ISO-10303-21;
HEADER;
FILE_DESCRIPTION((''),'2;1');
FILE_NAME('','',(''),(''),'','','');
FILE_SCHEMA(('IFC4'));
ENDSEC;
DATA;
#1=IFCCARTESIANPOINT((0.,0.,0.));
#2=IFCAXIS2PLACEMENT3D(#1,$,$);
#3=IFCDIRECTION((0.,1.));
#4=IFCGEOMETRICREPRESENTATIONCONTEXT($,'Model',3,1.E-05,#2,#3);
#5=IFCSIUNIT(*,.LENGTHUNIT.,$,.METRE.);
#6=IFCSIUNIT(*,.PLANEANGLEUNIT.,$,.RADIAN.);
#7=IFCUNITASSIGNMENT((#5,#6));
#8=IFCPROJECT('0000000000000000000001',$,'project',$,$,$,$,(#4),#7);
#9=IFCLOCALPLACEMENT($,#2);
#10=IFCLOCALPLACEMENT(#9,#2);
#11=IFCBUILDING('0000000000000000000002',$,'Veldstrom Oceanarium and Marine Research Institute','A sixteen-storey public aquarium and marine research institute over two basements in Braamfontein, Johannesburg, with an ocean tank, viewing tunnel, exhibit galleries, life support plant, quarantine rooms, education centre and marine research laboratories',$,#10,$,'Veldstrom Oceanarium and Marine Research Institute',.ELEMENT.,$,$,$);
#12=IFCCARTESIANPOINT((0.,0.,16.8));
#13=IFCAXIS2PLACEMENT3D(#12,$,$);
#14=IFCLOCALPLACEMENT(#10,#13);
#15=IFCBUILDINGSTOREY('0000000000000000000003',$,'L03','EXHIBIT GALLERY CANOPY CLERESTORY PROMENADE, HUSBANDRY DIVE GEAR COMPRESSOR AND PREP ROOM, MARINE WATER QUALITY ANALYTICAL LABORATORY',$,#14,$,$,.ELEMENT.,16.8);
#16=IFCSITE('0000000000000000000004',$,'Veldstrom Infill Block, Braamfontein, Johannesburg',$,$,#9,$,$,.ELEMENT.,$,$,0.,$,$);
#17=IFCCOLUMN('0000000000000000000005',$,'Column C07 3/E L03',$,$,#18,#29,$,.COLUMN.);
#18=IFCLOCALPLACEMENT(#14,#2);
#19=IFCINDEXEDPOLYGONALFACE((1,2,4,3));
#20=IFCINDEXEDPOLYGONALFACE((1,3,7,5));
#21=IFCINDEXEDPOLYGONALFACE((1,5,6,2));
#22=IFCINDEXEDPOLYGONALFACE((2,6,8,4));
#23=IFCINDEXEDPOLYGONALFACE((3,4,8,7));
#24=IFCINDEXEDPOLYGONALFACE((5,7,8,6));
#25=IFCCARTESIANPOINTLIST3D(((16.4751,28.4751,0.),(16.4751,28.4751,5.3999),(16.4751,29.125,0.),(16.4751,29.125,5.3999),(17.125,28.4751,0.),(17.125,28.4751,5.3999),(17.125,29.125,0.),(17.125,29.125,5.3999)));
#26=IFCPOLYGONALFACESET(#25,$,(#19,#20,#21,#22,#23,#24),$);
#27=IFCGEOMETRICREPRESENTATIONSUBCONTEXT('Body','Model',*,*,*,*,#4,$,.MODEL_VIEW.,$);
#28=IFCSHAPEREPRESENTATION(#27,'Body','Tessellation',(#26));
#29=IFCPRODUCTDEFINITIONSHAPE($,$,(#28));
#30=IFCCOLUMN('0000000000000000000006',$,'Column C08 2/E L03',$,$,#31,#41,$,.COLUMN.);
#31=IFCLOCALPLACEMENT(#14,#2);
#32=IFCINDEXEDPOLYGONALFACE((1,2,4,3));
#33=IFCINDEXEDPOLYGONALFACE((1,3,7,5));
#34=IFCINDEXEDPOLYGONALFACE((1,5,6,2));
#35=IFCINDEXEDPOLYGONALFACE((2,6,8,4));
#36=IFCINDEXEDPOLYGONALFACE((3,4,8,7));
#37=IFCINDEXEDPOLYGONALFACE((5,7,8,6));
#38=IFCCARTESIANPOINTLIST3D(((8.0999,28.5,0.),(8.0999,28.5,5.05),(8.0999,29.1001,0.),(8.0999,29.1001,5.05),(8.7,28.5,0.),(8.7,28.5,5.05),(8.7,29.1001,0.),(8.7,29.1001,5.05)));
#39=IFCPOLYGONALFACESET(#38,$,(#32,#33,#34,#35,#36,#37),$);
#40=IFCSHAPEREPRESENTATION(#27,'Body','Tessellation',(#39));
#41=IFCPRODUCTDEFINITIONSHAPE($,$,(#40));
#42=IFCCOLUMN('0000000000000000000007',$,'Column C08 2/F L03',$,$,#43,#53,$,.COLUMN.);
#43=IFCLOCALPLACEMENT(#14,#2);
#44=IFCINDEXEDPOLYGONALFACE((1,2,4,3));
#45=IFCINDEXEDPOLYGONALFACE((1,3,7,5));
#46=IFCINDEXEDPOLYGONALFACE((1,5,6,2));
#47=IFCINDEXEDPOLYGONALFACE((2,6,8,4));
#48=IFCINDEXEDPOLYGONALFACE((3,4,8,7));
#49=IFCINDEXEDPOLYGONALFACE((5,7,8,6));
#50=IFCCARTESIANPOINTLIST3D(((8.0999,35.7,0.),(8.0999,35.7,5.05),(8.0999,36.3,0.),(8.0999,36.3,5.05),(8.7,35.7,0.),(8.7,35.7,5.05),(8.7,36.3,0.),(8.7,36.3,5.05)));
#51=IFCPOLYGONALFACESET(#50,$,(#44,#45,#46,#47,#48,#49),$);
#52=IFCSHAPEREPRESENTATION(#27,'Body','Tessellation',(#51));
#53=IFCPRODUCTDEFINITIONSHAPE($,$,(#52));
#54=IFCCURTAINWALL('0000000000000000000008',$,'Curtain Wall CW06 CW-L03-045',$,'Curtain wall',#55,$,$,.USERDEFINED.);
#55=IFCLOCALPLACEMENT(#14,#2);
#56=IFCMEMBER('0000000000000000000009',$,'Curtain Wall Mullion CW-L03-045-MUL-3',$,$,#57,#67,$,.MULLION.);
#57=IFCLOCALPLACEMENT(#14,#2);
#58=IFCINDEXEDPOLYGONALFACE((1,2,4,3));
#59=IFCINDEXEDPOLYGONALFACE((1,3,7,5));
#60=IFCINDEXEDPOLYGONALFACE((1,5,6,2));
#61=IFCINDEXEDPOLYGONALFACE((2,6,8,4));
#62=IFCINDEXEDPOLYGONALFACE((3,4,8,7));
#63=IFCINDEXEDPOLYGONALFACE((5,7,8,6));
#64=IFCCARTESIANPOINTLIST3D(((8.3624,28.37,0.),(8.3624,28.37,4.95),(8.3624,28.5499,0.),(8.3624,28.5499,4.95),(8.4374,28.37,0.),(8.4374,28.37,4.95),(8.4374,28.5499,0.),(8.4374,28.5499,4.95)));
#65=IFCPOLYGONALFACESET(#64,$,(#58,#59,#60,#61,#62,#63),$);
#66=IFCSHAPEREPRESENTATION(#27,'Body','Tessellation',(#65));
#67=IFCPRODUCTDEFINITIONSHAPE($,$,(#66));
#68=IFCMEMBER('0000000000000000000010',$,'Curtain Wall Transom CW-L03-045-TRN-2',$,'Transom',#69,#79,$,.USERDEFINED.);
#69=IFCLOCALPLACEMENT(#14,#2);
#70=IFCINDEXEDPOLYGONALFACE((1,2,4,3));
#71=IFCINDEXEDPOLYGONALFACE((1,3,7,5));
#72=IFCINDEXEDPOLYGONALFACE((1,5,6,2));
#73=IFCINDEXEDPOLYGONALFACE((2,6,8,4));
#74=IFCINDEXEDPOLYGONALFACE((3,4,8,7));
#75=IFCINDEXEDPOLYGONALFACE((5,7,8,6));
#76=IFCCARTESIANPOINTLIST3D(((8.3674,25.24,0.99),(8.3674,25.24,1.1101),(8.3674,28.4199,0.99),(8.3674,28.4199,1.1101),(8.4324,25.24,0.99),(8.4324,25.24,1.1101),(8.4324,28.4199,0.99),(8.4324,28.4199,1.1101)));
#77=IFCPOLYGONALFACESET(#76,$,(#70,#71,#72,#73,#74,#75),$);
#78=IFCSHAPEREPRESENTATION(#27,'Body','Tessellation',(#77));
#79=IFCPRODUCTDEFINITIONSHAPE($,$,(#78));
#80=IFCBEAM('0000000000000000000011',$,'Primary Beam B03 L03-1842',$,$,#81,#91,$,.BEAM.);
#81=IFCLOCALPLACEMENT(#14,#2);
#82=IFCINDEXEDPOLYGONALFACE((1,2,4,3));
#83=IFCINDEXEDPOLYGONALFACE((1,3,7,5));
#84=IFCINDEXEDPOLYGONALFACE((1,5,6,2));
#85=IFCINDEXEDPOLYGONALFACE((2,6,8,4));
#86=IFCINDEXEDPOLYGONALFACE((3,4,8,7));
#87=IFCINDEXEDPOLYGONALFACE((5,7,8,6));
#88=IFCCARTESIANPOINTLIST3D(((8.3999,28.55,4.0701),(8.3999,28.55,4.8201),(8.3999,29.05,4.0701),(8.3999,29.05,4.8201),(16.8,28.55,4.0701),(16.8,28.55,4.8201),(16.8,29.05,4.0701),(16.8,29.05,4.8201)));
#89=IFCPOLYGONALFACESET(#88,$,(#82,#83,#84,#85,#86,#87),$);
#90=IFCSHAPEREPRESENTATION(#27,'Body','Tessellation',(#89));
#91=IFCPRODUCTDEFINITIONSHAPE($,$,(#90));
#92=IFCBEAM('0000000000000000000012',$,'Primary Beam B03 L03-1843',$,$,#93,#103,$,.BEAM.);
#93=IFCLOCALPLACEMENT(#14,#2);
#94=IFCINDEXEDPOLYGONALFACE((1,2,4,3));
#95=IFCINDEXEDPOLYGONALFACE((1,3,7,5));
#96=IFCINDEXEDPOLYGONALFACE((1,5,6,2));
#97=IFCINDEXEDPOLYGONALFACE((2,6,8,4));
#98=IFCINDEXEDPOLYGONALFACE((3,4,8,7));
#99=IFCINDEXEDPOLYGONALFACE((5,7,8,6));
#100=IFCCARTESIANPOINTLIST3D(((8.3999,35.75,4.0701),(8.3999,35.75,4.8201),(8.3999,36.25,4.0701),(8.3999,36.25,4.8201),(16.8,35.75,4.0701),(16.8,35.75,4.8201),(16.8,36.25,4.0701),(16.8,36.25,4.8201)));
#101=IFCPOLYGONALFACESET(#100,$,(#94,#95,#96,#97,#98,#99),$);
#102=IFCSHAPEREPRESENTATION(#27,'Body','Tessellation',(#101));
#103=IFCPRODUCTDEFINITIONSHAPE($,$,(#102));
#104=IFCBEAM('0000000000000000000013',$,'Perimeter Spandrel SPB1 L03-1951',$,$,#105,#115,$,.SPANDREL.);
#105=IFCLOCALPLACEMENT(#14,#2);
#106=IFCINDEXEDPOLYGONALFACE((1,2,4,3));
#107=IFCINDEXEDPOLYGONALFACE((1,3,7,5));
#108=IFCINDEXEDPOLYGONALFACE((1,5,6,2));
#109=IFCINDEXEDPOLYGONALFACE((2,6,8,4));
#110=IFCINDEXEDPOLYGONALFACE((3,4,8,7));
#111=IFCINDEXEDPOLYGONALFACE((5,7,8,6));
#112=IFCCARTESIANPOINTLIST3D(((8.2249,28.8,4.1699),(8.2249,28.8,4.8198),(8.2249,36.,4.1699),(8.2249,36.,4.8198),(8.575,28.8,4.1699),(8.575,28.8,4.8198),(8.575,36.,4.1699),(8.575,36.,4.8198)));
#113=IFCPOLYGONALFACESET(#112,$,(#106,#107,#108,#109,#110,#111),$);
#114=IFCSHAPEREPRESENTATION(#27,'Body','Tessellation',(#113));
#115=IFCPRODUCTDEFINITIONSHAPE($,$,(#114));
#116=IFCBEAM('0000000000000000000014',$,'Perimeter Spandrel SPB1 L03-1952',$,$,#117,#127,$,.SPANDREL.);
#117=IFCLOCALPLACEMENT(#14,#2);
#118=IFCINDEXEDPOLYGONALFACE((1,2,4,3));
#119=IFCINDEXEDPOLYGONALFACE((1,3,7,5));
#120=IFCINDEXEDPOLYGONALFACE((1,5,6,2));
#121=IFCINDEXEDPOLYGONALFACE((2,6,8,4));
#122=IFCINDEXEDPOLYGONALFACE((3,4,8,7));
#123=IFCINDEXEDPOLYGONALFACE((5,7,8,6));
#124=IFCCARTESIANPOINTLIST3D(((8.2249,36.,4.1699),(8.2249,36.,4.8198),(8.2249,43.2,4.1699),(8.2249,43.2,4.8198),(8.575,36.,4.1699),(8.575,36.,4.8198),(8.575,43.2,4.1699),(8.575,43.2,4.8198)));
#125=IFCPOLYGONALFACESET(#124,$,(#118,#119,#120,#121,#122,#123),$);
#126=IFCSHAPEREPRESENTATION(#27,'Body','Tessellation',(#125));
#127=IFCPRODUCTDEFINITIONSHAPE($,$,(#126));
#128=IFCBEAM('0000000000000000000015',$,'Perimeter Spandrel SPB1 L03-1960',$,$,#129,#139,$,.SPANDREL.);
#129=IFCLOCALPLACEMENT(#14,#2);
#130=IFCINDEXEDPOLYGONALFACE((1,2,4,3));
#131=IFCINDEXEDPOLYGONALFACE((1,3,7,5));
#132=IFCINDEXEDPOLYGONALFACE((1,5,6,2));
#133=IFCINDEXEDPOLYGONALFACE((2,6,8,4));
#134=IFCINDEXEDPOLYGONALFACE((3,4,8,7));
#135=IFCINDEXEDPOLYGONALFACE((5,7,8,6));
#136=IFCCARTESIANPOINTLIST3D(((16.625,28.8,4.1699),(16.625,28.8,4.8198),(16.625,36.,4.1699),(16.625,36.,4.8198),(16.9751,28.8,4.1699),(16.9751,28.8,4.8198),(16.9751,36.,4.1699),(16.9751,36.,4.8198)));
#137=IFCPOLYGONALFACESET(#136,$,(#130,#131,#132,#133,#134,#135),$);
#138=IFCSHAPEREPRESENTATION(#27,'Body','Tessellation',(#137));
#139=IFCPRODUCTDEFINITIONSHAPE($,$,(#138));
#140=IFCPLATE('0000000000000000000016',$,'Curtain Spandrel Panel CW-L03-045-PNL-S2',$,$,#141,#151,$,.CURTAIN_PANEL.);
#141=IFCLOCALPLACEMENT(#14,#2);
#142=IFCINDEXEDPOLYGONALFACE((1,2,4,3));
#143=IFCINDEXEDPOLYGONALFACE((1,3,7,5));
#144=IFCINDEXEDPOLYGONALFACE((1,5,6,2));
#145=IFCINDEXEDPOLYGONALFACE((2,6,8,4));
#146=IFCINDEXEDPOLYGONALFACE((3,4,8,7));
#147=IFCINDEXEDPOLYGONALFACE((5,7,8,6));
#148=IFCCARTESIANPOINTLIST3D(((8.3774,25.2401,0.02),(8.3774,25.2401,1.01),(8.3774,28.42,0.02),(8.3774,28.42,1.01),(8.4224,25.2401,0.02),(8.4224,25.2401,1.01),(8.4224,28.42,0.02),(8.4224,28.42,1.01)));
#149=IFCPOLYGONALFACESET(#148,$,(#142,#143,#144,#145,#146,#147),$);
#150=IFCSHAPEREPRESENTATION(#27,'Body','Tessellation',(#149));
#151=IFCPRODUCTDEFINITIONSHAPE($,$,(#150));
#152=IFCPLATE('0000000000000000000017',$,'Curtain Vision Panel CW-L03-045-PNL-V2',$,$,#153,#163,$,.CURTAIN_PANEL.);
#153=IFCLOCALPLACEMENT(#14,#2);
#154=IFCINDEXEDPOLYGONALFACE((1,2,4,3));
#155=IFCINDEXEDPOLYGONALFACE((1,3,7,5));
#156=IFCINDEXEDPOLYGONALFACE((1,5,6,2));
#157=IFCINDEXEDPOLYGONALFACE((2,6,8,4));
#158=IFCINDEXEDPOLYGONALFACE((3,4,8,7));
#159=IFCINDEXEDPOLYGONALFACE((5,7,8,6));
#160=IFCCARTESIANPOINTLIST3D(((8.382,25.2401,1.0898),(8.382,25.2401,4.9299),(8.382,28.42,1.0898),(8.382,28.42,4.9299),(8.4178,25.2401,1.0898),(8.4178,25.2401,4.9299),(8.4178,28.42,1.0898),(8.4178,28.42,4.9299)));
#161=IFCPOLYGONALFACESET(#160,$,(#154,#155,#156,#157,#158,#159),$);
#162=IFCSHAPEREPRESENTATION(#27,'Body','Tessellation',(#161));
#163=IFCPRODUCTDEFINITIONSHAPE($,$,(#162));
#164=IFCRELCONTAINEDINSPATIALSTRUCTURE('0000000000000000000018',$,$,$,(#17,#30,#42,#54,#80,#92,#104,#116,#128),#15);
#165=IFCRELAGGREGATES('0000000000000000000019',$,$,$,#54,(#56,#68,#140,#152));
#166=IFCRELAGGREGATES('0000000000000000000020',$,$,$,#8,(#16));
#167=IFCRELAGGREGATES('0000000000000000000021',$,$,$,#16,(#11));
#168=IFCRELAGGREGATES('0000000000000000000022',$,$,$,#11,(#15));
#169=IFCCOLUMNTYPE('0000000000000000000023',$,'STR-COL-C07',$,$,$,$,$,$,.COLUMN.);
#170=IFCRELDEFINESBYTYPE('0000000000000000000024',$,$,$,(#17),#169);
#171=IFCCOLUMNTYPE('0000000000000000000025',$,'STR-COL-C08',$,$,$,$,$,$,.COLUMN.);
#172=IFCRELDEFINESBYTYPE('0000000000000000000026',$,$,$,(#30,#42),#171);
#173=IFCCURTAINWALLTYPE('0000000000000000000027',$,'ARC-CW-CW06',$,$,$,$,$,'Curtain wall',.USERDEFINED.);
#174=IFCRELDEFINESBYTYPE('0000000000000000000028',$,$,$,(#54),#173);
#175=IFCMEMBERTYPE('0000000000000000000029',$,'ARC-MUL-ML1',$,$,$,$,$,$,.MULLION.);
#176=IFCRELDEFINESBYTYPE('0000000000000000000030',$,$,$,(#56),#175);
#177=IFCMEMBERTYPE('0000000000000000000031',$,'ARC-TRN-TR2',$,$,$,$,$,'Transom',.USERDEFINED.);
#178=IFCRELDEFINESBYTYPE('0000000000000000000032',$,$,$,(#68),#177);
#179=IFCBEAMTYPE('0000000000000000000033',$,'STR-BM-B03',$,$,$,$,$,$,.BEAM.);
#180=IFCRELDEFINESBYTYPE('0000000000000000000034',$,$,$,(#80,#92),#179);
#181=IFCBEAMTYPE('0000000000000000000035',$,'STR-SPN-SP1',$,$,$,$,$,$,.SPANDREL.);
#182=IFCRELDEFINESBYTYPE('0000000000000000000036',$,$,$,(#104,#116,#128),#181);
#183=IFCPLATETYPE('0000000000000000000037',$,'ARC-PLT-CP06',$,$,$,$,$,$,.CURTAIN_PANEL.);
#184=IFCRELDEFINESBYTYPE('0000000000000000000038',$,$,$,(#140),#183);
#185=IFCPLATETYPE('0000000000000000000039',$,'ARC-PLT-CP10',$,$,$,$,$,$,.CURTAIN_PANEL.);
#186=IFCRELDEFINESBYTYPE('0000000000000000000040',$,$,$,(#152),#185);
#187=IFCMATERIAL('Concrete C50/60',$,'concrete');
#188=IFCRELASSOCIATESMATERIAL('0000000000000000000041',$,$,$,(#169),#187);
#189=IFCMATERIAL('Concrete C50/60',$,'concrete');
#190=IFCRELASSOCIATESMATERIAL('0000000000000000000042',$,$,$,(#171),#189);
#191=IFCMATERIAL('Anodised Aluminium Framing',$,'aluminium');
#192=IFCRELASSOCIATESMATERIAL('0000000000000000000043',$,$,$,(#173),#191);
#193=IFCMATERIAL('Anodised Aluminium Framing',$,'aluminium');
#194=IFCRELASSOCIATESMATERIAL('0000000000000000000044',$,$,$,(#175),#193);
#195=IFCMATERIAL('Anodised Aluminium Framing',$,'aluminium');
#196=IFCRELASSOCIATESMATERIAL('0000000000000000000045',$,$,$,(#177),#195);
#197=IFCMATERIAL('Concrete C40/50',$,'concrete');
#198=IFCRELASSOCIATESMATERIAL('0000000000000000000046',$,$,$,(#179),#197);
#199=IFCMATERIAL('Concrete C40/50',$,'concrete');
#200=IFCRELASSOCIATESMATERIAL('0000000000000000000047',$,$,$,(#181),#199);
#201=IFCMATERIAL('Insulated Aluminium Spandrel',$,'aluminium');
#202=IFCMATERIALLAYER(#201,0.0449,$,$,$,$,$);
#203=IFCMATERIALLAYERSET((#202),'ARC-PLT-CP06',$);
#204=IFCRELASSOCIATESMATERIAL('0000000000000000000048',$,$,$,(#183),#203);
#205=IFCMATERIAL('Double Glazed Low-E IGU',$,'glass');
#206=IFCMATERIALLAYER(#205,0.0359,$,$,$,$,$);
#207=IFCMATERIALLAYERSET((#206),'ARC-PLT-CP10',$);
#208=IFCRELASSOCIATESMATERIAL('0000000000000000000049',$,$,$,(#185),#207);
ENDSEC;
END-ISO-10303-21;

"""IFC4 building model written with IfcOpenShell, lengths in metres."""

from ifc_helpers import new_model, si_unit, direction, frame, origin, origin_2d, place, context, subcontext, project, spatial, rectangle, extrude, material, layer, layer_set, material_profile, profile_set, type_object, element, aggregate, save


model = new_model("IFC4")

# Units and contexts
model_context = context("Model", 3, precision=1e-05, world=origin(), true_north=direction((0.0, 1.0)))
body_context = subcontext(model_context, "Body", "Model", "MODEL_VIEW")
ifc_project = project(units=[si_unit("LENGTHUNIT", "METRE"), si_unit("PLANEANGLEUNIT", "RADIAN")], contexts=[model_context])

# Site, building, storey
site_placement = place(None, origin())
site = spatial("IfcSite", under=ifc_project, at=site_placement, Name="Veldstrom Infill Block, Braamfontein, Johannesburg", CompositionType="ELEMENT", RefElevation=0.0)
building_placement = place(site_placement, origin())
building = spatial("IfcBuilding", under=site, at=building_placement, Name="Veldstrom Oceanarium and Marine Research Institute", Description="A sixteen-storey public aquarium and marine research institute over two basements in Braamfontein, Johannesburg, with an ocean tank, viewing tunnel, exhibit galleries, life support plant, quarantine rooms, education centre and marine research laboratories", LongName="Veldstrom Oceanarium and Marine Research Institute", CompositionType="ELEMENT")
storey_placement = place(building_placement, frame((0.0, 0.0, 16.8)))
storey = spatial("IfcBuildingStorey", under=building, at=storey_placement, Name="L03", Description="EXHIBIT GALLERY CANOPY CLERESTORY PROMENADE, HUSBANDRY DIVE GEAR COMPRESSOR AND PREP ROOM, MARINE WATER QUALITY ANALYTICAL LABORATORY", CompositionType="ELEMENT", Elevation=16.8)

# Columns
ifc_material_1 = material(Name="Concrete C50/60", Category="concrete")
ifc_material_profile_1 = material_profile(ifc_material_1, rectangle(XDim=0.6499, YDim=0.6499, at=origin_2d()), Name="RC-COL-650x650")
ifc_profile_set_1 = profile_set([ifc_material_profile_1], Name="Concrete C50/60")
column_type_1 = type_object("IfcColumnType", Name="STR-COL-C07", PredefinedType="COLUMN", material=ifc_profile_set_1)
column_placement = place(storey_placement, frame((16.8, 28.8, 0.0), z_axis=(0.0, 0.0, 1.0), x_axis=(1.0, 0.0, 0.0)))
element("IfcColumn", 1, at=column_placement, inside=storey, type_object=column_type_1, Name="Column C07 3/E L03", PredefinedType="COLUMN", context=body_context, shape_type="SweptSolid", body=[
    extrude(rectangle(XDim=0.6499, YDim=0.6499, at=origin_2d()), origin(), (0.0, 0.0, 1.0), 5.3999),
])
ifc_material_2 = material(Name="Concrete C50/60", Category="concrete")
ifc_material_profile_2 = material_profile(ifc_material_2, rectangle(XDim=0.6001, YDim=0.6001, at=origin_2d()), Name="RC-COL-600x600")
ifc_profile_set_2 = profile_set([ifc_material_profile_2], Name="Concrete C50/60")
column_type_2 = type_object("IfcColumnType", Name="STR-COL-C08", PredefinedType="COLUMN", material=ifc_profile_set_2)
for number, where, z_axis, x_axis, name in (
    (2, (8.3999, 28.8, 0.0), (0.0, 0.0, 1.0), (1.0, 0.0, 0.0), "Column C08 2/E L03"),
    (3, (8.3999, 36.0, 0.0), (0.0, 0.0, 1.0), (1.0, 0.0, 0.0), "Column C08 2/F L03"),
):
    element("IfcColumn", number, at=place(storey_placement, frame(where, z_axis=z_axis, x_axis=x_axis)), inside=storey, type_object=column_type_2, Name=name, PredefinedType="COLUMN", context=body_context, shape_type="SweptSolid", body=[
        extrude(rectangle(XDim=0.6001, YDim=0.6001, at=origin_2d()), origin(), (0.0, 0.0, 1.0), 5.05),
    ])

# Curtain wall, members
ifc_material_3 = material(Name="Anodised Aluminium Framing", Category="aluminium")
curtain_wall_type = type_object("IfcCurtainWallType", Name="ARC-CW-CW06", ElementType="Curtain wall", PredefinedType="USERDEFINED", material=ifc_material_3)
curtain_wall_placement = place(storey_placement, origin())
curtain_wall = element("IfcCurtainWall", 4, at=curtain_wall_placement, inside=storey, type_object=curtain_wall_type, Name="Curtain Wall CW06 CW-L03-045", ObjectType="Curtain wall", PredefinedType="USERDEFINED")
ifc_material_4 = material(Name="Anodised Aluminium Framing", Category="aluminium")
ifc_material_profile_3 = material_profile(ifc_material_4, rectangle(XDim=0.075, YDim=0.1799, at=origin_2d()), Name="ALU-MUL-75x180")
ifc_profile_set_3 = profile_set([ifc_material_profile_3], Name="Anodised Aluminium Framing")
member_type_1 = type_object("IfcMemberType", Name="ARC-MUL-ML1", PredefinedType="MULLION", material=ifc_profile_set_3)
member_1_placement = place(storey_placement, frame((8.3999, 28.46, 0.0), z_axis=(0.0, 0.0, 1.0), x_axis=(1.0, 0.0, 0.0)))
member_1 = element("IfcMember", 5, at=member_1_placement, type_object=member_type_1, Name="Curtain Wall Mullion CW-L03-045-MUL-3", PredefinedType="MULLION", context=body_context, shape_type="SweptSolid", body=[
    extrude(rectangle(XDim=0.075, YDim=0.1799, at=origin_2d()), origin(), (0.0, 0.0, 1.0), 4.95),
])
ifc_material_5 = material(Name="Anodised Aluminium Framing", Category="aluminium")
ifc_material_profile_4 = material_profile(ifc_material_5, rectangle(XDim=0.0649, YDim=0.1201, at=origin_2d()), Name="ALU-TRN-65x120")
ifc_profile_set_4 = profile_set([ifc_material_profile_4], Name="Anodised Aluminium Framing")
member_type_2 = type_object("IfcMemberType", Name="ARC-TRN-TR2", ElementType="Transom", PredefinedType="USERDEFINED", material=ifc_profile_set_4)
member_2_placement = place(storey_placement, frame((8.3999, 25.24, 1.05), z_axis=(0.0, 1.0, 0.0), x_axis=(-1.0, 0.0, 0.0)))
member_2 = element("IfcMember", 6, at=member_2_placement, type_object=member_type_2, Name="Curtain Wall Transom CW-L03-045-TRN-2", ObjectType="Transom", PredefinedType="USERDEFINED", context=body_context, shape_type="SweptSolid", body=[
    extrude(rectangle(XDim=0.0649, YDim=0.1201, at=origin_2d()), origin(), (0.0, 0.0, 1.0), 3.1799),
])

# Beams
ifc_material_6 = material(Name="Concrete C40/50", Category="concrete")
ifc_material_profile_5 = material_profile(ifc_material_6, rectangle(XDim=0.5, YDim=0.75, at=origin_2d()), Name="RC-BM-500x750")
ifc_profile_set_5 = profile_set([ifc_material_profile_5], Name="Concrete C40/50")
beam_type_1 = type_object("IfcBeamType", Name="STR-BM-B03", PredefinedType="BEAM", material=ifc_profile_set_5)
for number, where, z_axis, x_axis, name in (
    (7, (8.3999, 28.8, 4.4451), (1.0, 0.0, 0.0), (0.0, 1.0, 0.0), "Primary Beam B03 L03-1842"),
    (8, (8.3999, 36.0, 4.4451), (1.0, 0.0, 0.0), (0.0, 1.0, 0.0), "Primary Beam B03 L03-1843"),
):
    element("IfcBeam", number, at=place(storey_placement, frame(where, z_axis=z_axis, x_axis=x_axis)), inside=storey, type_object=beam_type_1, Name=name, PredefinedType="BEAM", context=body_context, shape_type="SweptSolid", body=[
        extrude(rectangle(XDim=0.5, YDim=0.75, at=origin_2d()), origin(), (0.0, 0.0, 1.0), 8.4001),
    ])
ifc_material_7 = material(Name="Concrete C40/50", Category="concrete")
ifc_material_profile_6 = material_profile(ifc_material_7, rectangle(XDim=0.3501, YDim=0.6499, at=origin_2d()), Name="RC-SPN-350x650")
ifc_profile_set_6 = profile_set([ifc_material_profile_6], Name="Concrete C40/50")
beam_type_2 = type_object("IfcBeamType", Name="STR-SPN-SP1", PredefinedType="SPANDREL", material=ifc_profile_set_6)
for number, where, z_axis, x_axis, name in (
    (9, (8.3999, 28.8, 4.4949), (0.0, 1.0, 0.0), (-1.0, 0.0, 0.0), "Perimeter Spandrel SPB1 L03-1951"),
    (10, (8.3999, 36.0, 4.4949), (0.0, 1.0, 0.0), (-1.0, 0.0, 0.0), "Perimeter Spandrel SPB1 L03-1952"),
    (11, (16.8, 28.8, 4.4949), (0.0, 1.0, 0.0), (-1.0, 0.0, 0.0), "Perimeter Spandrel SPB1 L03-1960"),
):
    element("IfcBeam", number, at=place(storey_placement, frame(where, z_axis=z_axis, x_axis=x_axis)), inside=storey, type_object=beam_type_2, Name=name, PredefinedType="SPANDREL", context=body_context, shape_type="SweptSolid", body=[
        extrude(rectangle(XDim=0.3501, YDim=0.6499, at=origin_2d()), origin(), (0.0, 0.0, 1.0), 7.2),
    ])

# Plates
ifc_material_8 = material(Name="Insulated Aluminium Spandrel", Category="aluminium")
ifc_layer_1 = layer(ifc_material_8, 0.0449)
ifc_layer_set_1 = layer_set([ifc_layer_1], Name="ARC-PLT-CP06")
plate_type_1 = type_object("IfcPlateType", Name="ARC-PLT-CP06", PredefinedType="CURTAIN_PANEL", material=ifc_layer_set_1)
plate_1_placement = place(storey_placement, frame((8.3999, 26.8301, 0.02), z_axis=(0.0, 0.0, 1.0), x_axis=(0.0, 1.0, 0.0)))
plate_1 = element("IfcPlate", 12, at=plate_1_placement, type_object=plate_type_1, Name="Curtain Spandrel Panel CW-L03-045-PNL-S2", PredefinedType="CURTAIN_PANEL", context=body_context, shape_type="SweptSolid", body=[
    extrude(rectangle(XDim=3.1799, YDim=0.0449, at=origin_2d()), origin(), (0.0, 0.0, 1.0), 0.99),
])
ifc_material_9 = material(Name="Double Glazed Low-E IGU", Category="glass")
ifc_layer_2 = layer(ifc_material_9, 0.0359)
ifc_layer_set_2 = layer_set([ifc_layer_2], Name="ARC-PLT-CP10")
plate_type_2 = type_object("IfcPlateType", Name="ARC-PLT-CP10", PredefinedType="CURTAIN_PANEL", material=ifc_layer_set_2)
plate_2_placement = place(storey_placement, frame((8.3999, 26.8301, 1.0898), z_axis=(0.0, 0.0, 1.0), x_axis=(0.0, 1.0, 0.0)))
plate_2 = element("IfcPlate", 13, at=plate_2_placement, type_object=plate_type_2, Name="Curtain Vision Panel CW-L03-045-PNL-V2", PredefinedType="CURTAIN_PANEL", context=body_context, shape_type="SweptSolid", body=[
    extrude(rectangle(XDim=3.1799, YDim=0.0359, at=origin_2d()), origin(), (0.0, 0.0, 1.0), 3.8401),
])
aggregate(curtain_wall, [member_1, member_2, plate_1, plate_2])

save(model, "model.ifc")
